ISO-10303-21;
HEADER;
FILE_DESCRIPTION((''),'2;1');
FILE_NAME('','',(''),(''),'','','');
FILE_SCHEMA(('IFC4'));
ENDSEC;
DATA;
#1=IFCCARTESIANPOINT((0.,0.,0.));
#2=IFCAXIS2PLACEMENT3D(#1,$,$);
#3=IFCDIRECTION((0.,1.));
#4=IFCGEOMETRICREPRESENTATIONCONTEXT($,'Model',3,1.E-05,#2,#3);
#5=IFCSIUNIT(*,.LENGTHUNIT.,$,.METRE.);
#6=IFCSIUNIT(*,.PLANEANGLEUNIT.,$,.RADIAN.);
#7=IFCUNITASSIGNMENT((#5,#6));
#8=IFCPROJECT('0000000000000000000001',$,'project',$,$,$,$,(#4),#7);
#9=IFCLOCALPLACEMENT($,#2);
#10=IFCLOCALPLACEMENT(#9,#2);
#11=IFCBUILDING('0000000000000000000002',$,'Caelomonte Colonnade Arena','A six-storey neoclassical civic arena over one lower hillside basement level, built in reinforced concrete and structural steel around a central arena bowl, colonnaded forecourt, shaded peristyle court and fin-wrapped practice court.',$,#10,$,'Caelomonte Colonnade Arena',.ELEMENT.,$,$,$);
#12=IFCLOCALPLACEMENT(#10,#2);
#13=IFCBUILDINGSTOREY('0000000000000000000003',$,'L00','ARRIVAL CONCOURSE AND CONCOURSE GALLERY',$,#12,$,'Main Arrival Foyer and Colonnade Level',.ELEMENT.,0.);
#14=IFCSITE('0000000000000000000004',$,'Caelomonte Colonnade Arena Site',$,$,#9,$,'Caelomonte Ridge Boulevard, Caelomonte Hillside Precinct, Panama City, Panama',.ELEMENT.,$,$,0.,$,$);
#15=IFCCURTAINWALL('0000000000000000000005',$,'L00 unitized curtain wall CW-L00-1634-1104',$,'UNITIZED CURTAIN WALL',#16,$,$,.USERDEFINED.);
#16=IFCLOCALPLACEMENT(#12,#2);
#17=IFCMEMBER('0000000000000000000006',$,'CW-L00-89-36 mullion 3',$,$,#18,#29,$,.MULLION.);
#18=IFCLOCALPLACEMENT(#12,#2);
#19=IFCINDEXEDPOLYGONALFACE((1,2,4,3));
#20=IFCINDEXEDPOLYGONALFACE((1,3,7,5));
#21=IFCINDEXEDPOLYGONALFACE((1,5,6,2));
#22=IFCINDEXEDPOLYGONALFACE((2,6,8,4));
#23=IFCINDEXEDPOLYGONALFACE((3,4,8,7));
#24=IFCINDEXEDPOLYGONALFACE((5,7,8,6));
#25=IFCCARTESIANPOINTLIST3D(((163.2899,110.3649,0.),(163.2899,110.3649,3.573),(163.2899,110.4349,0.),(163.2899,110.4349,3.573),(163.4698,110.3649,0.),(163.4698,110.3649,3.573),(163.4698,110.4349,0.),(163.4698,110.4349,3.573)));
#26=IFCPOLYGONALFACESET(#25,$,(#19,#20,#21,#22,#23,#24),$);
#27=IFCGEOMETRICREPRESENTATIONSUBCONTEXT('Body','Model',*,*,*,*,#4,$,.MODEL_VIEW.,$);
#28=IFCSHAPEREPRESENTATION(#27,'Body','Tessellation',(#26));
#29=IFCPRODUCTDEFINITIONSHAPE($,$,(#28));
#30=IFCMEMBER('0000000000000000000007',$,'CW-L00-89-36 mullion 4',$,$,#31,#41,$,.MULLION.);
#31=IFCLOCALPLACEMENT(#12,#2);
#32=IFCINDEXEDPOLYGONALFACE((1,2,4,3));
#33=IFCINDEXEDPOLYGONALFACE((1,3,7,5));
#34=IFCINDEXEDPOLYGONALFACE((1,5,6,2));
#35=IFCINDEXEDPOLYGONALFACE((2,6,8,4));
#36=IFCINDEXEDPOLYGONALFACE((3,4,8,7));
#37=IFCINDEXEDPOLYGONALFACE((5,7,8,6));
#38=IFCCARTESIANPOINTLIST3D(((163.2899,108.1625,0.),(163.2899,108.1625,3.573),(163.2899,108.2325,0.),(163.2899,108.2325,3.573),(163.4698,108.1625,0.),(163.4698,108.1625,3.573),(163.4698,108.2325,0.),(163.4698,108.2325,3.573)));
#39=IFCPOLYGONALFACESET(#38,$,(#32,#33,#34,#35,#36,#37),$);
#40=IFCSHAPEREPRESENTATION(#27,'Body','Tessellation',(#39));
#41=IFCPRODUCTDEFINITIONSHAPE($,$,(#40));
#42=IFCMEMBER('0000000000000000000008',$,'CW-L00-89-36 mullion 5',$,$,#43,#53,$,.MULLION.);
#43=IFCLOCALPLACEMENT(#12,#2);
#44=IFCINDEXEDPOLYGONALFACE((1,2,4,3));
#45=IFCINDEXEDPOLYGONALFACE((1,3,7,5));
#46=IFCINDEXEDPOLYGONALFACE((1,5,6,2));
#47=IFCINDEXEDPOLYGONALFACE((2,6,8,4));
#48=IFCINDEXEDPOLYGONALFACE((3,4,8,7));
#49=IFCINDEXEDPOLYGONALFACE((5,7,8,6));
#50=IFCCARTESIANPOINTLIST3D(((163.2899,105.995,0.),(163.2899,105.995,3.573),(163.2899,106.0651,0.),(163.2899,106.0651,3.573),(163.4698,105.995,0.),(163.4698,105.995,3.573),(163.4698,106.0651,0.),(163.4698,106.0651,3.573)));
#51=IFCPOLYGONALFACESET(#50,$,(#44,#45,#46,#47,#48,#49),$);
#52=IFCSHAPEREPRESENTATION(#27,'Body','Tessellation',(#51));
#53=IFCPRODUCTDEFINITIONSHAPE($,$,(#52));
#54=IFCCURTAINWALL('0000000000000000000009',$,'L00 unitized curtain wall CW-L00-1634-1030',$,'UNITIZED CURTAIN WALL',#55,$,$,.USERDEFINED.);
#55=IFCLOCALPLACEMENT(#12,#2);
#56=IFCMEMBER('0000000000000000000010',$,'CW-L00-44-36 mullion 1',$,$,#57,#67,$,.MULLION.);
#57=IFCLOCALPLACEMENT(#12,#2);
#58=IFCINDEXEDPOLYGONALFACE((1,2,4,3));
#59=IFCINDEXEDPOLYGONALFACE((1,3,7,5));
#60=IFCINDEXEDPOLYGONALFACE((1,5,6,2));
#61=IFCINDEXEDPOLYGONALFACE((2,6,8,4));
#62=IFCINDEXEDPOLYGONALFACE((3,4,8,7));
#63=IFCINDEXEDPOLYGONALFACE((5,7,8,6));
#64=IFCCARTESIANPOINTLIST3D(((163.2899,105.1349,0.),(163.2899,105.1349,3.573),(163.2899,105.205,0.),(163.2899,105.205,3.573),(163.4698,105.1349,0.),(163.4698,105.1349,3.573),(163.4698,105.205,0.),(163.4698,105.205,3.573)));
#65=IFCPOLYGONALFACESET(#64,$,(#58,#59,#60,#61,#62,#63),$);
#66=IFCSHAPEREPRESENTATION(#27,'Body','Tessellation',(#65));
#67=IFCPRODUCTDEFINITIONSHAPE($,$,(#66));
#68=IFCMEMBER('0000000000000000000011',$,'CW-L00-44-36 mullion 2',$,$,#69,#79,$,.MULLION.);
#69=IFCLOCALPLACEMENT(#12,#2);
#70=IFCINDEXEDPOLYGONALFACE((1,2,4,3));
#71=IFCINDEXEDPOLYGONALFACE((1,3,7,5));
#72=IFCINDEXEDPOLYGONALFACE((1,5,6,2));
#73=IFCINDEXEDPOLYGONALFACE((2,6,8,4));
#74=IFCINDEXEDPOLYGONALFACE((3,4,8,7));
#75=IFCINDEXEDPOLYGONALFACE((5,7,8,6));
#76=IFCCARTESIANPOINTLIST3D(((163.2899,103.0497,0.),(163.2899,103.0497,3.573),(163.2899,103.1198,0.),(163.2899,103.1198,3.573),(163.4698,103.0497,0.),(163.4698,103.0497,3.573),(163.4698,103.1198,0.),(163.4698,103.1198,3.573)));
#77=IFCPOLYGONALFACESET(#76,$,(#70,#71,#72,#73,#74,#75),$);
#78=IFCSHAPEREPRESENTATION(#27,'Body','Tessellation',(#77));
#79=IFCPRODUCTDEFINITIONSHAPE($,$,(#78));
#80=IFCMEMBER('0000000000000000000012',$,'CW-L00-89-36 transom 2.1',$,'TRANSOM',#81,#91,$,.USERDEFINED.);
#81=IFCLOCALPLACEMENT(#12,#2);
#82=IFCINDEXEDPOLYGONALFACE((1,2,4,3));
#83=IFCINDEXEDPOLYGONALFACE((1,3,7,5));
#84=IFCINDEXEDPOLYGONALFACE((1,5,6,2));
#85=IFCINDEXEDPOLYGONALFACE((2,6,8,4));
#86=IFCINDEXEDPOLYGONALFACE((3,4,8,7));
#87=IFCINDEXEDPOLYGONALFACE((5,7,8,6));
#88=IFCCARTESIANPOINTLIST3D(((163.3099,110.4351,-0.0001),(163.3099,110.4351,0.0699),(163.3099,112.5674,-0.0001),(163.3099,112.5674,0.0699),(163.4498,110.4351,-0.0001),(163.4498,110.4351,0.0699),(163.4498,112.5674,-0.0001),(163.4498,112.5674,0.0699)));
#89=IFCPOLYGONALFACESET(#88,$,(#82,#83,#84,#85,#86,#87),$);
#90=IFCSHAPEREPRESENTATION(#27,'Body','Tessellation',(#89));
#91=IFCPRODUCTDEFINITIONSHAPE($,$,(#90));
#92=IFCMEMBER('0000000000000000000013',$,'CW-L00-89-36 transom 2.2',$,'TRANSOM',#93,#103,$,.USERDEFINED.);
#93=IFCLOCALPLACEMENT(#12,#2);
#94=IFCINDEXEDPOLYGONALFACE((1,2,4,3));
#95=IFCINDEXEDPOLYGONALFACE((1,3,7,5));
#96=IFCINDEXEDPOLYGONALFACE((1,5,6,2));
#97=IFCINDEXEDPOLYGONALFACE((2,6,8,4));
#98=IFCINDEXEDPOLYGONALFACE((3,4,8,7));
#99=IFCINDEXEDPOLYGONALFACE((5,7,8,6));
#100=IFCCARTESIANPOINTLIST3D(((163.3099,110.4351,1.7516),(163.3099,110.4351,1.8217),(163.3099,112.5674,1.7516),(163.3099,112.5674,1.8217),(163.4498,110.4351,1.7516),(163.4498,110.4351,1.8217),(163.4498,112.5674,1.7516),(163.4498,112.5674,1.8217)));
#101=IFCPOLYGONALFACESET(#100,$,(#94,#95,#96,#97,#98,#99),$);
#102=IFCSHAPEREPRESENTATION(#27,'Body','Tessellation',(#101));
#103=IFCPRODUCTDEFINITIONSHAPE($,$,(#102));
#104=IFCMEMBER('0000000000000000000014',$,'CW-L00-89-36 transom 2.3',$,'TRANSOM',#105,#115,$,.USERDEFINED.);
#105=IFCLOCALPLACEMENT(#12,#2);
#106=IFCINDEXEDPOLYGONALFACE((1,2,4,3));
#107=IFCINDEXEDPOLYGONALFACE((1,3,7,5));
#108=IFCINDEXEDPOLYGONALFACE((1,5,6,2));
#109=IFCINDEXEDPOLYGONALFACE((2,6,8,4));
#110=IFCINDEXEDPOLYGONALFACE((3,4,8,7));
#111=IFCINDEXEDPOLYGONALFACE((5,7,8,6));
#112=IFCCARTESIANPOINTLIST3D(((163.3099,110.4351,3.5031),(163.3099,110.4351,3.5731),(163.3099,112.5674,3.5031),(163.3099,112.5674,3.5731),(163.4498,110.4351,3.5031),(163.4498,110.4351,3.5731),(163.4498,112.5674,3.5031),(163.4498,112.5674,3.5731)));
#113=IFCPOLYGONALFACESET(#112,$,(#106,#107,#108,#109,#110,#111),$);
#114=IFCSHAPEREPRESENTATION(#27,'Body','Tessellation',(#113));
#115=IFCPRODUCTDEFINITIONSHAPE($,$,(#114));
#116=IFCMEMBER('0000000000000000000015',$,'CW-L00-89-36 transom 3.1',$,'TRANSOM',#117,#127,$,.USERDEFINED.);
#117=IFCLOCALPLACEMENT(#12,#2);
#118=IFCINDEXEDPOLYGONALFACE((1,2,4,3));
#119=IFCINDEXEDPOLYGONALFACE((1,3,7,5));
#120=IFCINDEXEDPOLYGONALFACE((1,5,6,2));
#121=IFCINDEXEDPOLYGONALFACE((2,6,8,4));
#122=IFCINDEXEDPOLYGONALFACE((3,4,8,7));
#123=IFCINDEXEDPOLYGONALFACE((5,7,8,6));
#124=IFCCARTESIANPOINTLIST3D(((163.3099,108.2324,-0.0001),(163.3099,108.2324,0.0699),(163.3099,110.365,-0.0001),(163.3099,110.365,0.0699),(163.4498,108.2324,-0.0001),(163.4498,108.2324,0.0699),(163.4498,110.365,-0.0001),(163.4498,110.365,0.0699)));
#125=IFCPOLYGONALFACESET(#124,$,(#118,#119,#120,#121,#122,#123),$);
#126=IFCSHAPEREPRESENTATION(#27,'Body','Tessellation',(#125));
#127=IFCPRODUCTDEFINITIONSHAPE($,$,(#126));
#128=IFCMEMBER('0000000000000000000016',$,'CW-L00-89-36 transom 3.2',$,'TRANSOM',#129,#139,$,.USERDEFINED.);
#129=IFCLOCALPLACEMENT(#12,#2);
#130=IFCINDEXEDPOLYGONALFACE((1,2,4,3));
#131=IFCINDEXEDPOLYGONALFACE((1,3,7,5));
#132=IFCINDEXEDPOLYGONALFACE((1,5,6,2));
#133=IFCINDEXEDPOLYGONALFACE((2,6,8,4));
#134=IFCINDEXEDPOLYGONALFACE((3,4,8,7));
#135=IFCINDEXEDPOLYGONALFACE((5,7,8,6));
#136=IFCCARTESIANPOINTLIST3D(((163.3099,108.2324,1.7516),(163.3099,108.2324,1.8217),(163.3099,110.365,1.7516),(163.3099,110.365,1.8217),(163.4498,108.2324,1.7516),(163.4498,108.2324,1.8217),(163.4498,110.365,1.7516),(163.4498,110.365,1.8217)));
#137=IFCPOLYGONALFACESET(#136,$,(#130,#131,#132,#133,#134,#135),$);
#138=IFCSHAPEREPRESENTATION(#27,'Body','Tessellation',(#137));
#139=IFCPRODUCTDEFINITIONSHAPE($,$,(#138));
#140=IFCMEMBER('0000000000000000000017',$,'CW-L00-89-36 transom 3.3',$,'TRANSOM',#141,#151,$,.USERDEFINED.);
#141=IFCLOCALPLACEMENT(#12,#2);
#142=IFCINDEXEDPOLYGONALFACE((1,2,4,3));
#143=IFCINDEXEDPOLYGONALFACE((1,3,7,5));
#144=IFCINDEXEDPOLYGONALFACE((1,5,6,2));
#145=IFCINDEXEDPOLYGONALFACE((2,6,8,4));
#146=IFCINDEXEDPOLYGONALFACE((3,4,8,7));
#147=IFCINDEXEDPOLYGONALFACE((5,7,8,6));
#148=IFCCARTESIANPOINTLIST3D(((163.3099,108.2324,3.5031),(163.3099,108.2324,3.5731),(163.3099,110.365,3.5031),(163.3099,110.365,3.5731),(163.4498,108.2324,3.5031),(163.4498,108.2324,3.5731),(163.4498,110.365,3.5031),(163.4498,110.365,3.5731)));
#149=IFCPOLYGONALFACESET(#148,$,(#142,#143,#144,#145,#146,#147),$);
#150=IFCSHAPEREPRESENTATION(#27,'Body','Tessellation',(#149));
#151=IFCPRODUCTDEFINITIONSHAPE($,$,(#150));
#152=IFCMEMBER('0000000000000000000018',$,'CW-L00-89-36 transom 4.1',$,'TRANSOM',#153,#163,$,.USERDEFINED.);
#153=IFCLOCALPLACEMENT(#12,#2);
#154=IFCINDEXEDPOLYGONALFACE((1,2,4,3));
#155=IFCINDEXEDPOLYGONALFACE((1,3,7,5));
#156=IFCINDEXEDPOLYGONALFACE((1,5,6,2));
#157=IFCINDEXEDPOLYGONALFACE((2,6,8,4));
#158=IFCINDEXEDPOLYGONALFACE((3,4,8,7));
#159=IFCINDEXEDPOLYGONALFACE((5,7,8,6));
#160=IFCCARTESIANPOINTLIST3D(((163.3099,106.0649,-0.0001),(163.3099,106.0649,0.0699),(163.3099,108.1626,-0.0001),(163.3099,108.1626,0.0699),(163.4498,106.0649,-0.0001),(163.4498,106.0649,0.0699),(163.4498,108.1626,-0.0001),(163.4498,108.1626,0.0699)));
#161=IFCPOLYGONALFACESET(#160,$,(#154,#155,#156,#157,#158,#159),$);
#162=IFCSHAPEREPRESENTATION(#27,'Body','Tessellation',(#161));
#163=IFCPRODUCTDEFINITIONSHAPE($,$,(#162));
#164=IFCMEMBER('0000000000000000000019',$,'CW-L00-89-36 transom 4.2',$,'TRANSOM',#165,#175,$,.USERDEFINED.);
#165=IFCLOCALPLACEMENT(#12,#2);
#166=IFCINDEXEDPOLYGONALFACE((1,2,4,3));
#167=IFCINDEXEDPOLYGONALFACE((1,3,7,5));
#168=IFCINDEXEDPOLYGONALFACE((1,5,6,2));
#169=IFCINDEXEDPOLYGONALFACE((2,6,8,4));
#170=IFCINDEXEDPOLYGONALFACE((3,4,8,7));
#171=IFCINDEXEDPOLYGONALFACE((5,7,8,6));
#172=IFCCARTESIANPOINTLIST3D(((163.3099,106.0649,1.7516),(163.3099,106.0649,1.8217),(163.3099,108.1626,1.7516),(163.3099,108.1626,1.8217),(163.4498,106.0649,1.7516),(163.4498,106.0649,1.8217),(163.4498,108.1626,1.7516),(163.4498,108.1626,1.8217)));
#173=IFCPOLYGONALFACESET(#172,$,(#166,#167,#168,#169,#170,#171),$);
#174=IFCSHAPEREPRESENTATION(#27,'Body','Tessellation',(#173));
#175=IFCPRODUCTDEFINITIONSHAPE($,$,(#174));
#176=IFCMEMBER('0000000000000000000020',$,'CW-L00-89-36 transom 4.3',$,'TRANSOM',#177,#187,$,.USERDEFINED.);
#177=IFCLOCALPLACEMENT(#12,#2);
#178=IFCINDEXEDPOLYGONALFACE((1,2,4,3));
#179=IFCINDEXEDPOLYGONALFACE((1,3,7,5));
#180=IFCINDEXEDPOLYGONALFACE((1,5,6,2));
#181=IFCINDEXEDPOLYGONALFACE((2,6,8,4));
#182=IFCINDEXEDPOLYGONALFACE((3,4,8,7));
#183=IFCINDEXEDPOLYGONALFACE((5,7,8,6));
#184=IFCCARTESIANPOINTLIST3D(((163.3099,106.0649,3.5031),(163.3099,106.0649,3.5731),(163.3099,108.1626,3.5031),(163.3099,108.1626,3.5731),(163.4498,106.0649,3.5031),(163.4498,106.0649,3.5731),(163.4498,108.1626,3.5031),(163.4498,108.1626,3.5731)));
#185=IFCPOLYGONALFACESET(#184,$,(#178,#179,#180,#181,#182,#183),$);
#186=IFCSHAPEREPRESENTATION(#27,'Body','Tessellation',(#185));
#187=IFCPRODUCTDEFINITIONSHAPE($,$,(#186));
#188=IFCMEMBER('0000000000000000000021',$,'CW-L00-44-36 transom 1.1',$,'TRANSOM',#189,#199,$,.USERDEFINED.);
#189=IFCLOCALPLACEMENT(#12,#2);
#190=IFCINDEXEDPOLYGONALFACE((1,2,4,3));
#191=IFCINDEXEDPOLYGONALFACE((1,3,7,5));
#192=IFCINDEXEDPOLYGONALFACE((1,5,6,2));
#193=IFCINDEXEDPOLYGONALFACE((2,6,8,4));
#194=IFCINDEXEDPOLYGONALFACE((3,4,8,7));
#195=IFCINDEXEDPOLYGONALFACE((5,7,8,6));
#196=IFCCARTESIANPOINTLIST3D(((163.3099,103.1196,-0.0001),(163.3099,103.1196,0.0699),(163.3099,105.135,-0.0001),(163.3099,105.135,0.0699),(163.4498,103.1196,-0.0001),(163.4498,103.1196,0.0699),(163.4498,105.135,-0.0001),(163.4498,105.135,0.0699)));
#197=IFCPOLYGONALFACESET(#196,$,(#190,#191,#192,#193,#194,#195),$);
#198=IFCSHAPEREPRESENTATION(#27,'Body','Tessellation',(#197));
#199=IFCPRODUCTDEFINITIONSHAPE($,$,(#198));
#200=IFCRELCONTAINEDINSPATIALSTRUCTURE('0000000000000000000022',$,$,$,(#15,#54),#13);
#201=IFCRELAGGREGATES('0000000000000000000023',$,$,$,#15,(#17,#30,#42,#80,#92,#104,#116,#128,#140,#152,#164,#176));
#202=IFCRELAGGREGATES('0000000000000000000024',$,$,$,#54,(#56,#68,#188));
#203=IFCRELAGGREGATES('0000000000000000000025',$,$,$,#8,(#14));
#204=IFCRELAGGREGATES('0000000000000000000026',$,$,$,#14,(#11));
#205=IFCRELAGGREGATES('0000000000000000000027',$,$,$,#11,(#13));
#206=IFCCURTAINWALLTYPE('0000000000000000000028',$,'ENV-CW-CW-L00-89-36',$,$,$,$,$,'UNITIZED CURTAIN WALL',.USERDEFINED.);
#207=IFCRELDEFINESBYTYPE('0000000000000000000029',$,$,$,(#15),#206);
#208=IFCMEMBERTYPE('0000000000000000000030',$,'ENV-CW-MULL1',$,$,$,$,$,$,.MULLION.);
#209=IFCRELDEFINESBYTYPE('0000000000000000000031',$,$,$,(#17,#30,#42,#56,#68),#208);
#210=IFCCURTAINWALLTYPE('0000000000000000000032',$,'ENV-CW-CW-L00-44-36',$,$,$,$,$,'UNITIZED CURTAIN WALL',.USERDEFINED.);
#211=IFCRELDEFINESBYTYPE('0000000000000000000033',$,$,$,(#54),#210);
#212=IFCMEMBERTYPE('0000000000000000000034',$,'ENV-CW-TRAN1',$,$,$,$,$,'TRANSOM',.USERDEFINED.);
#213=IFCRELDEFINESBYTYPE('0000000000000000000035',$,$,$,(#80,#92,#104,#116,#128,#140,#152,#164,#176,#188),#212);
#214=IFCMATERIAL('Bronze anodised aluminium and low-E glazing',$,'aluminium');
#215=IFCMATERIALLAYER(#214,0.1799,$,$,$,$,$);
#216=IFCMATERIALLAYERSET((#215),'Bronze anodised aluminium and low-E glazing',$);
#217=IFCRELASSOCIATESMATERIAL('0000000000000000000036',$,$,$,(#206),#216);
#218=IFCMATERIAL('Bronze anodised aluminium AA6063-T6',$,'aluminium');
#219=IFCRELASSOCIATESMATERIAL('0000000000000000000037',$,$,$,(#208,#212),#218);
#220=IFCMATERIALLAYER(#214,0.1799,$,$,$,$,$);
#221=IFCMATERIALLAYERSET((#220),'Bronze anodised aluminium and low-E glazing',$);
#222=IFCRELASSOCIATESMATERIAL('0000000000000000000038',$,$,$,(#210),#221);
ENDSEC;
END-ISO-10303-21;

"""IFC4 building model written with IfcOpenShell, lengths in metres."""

from ifc_helpers import new_model, si_unit, direction, frame, origin, origin_2d, place, context, subcontext, project, spatial, rectangle, extrude, material, layer, layer_set, material_profile, profile_set, type_object, element, aggregate, save


model = new_model("IFC4")

# Units and contexts
model_context = context("Model", 3, precision=1e-05, world=origin(), true_north=direction((0.0, 1.0)))
body_context = subcontext(model_context, "Body", "Model", "MODEL_VIEW")
ifc_project = project(units=[si_unit("LENGTHUNIT", "METRE"), si_unit("PLANEANGLEUNIT", "RADIAN")], contexts=[model_context])

# Site, building, storey
site_placement = place(None, origin())
site = spatial("IfcSite", under=ifc_project, at=site_placement, Name="Caelomonte Colonnade Arena Site", LongName="Caelomonte Ridge Boulevard, Caelomonte Hillside Precinct, Panama City, Panama", CompositionType="ELEMENT", RefElevation=0.0)
building_placement = place(site_placement, origin())
building = spatial("IfcBuilding", under=site, at=building_placement, Name="Caelomonte Colonnade Arena", Description="A six-storey neoclassical civic arena over one lower hillside basement level, built in reinforced concrete and structural steel around a central arena bowl, colonnaded forecourt, shaded peristyle court and fin-wrapped practice court.", LongName="Caelomonte Colonnade Arena", CompositionType="ELEMENT")
storey_placement = place(building_placement, origin())
storey = spatial("IfcBuildingStorey", under=building, at=storey_placement, Name="L00", Description="ARRIVAL CONCOURSE AND CONCOURSE GALLERY", LongName="Main Arrival Foyer and Colonnade Level", CompositionType="ELEMENT", Elevation=0.0)

# Curtain walls, members
ifc_material_1 = material(Name="Bronze anodised aluminium and low-E glazing", Category="aluminium")
ifc_layer_1 = layer(ifc_material_1, 0.1799)
ifc_layer_set_1 = layer_set([ifc_layer_1], Name="Bronze anodised aluminium and low-E glazing")
curtain_wall_type_1 = type_object("IfcCurtainWallType", Name="ENV-CW-CW-L00-89-36", ElementType="UNITIZED CURTAIN WALL", PredefinedType="USERDEFINED", material=ifc_layer_set_1)
curtain_wall_1_placement = place(storey_placement, origin())
curtain_wall_1 = element("IfcCurtainWall", 1, at=curtain_wall_1_placement, inside=storey, type_object=curtain_wall_type_1, Name="L00 unitized curtain wall CW-L00-1634-1104", ObjectType="UNITIZED CURTAIN WALL", PredefinedType="USERDEFINED")
ifc_material_2 = material(Name="Bronze anodised aluminium AA6063-T6", Category="aluminium")
ifc_material_profile_1 = material_profile(ifc_material_2, rectangle(XDim=0.0701, YDim=0.1799, at=origin_2d()), Name="CWM-70X180")
ifc_profile_set_1 = profile_set([ifc_material_profile_1], Name="Bronze anodised aluminium AA6063-T6")
member_type_1 = type_object("IfcMemberType", Name="ENV-CW-MULL1", PredefinedType="MULLION", material=ifc_profile_set_1)
member_1_placement = place(storey_placement, frame((163.3799, 110.3999, 0.0), z_axis=(0.0, 0.0, 1.0), x_axis=(0.0, -1.0, 0.0)))
member_1 = element("IfcMember", 2, at=member_1_placement, type_object=member_type_1, Name="CW-L00-89-36 mullion 3", PredefinedType="MULLION", context=body_context, shape_type="SweptSolid", body=[
    extrude(rectangle(XDim=0.0701, YDim=0.1799, at=origin_2d()), origin(), (0.0, 0.0, 1.0), 3.573),
])
member_2_placement = place(storey_placement, frame((163.3799, 108.1975, 0.0), z_axis=(0.0, 0.0, 1.0), x_axis=(0.0, -1.0, 0.0)))
member_2 = element("IfcMember", 3, at=member_2_placement, type_object=member_type_1, Name="CW-L00-89-36 mullion 4", PredefinedType="MULLION", context=body_context, shape_type="SweptSolid", body=[
    extrude(rectangle(XDim=0.0701, YDim=0.1799, at=origin_2d()), origin(), (0.0, 0.0, 1.0), 3.573),
])
member_3_placement = place(storey_placement, frame((163.3799, 106.03, 0.0), z_axis=(0.0, 0.0, 1.0), x_axis=(0.0, -1.0, 0.0)))
member_3 = element("IfcMember", 4, at=member_3_placement, type_object=member_type_1, Name="CW-L00-89-36 mullion 5", PredefinedType="MULLION", context=body_context, shape_type="SweptSolid", body=[
    extrude(rectangle(XDim=0.0701, YDim=0.1799, at=origin_2d()), origin(), (0.0, 0.0, 1.0), 3.573),
])
ifc_layer_2 = layer(ifc_material_1, 0.1799)
ifc_layer_set_2 = layer_set([ifc_layer_2], Name="Bronze anodised aluminium and low-E glazing")
curtain_wall_type_2 = type_object("IfcCurtainWallType", Name="ENV-CW-CW-L00-44-36", ElementType="UNITIZED CURTAIN WALL", PredefinedType="USERDEFINED", material=ifc_layer_set_2)
curtain_wall_2_placement = place(storey_placement, origin())
curtain_wall_2 = element("IfcCurtainWall", 5, at=curtain_wall_2_placement, inside=storey, type_object=curtain_wall_type_2, Name="L00 unitized curtain wall CW-L00-1634-1030", ObjectType="UNITIZED CURTAIN WALL", PredefinedType="USERDEFINED")
member_4_placement = place(storey_placement, frame((163.3799, 105.1699, 0.0), z_axis=(0.0, 0.0, 1.0), x_axis=(0.0, -1.0, 0.0)))
member_4 = element("IfcMember", 6, at=member_4_placement, type_object=member_type_1, Name="CW-L00-44-36 mullion 1", PredefinedType="MULLION", context=body_context, shape_type="SweptSolid", body=[
    extrude(rectangle(XDim=0.0701, YDim=0.1799, at=origin_2d()), origin(), (0.0, 0.0, 1.0), 3.573),
])
member_5_placement = place(storey_placement, frame((163.3799, 103.0847, 0.0), z_axis=(0.0, 0.0, 1.0), x_axis=(0.0, -1.0, 0.0)))
member_5 = element("IfcMember", 7, at=member_5_placement, type_object=member_type_1, Name="CW-L00-44-36 mullion 2", PredefinedType="MULLION", context=body_context, shape_type="SweptSolid", body=[
    extrude(rectangle(XDim=0.0701, YDim=0.1799, at=origin_2d()), origin(), (0.0, 0.0, 1.0), 3.573),
])

# Members
ifc_material_profile_2 = material_profile(ifc_material_2, rectangle(XDim=0.0701, YDim=0.1399, at=origin_2d()), Name="CWT-70X140")
ifc_profile_set_2 = profile_set([ifc_material_profile_2], Name="Bronze anodised aluminium AA6063-T6")
member_type_2 = type_object("IfcMemberType", Name="ENV-CW-TRAN1", ElementType="TRANSOM", PredefinedType="USERDEFINED", material=ifc_profile_set_2)
member_6_placement = place(storey_placement, frame((163.3799, 112.5674, 0.0349), z_axis=(0.0, -1.0, 0.0), x_axis=(0.0, 0.0, 1.0)))
member_6 = element("IfcMember", 8, at=member_6_placement, type_object=member_type_2, Name="CW-L00-89-36 transom 2.1", ObjectType="TRANSOM", PredefinedType="USERDEFINED", context=body_context, shape_type="SweptSolid", body=[
    extrude(rectangle(XDim=0.0701, YDim=0.1399, at=origin_2d()), origin(), (0.0, 0.0, 1.0), 2.1323),
])
member_7_placement = place(storey_placement, frame((163.3799, 112.5674, 1.7866), z_axis=(0.0, -1.0, 0.0), x_axis=(0.0, 0.0, 1.0)))
member_7 = element("IfcMember", 9, at=member_7_placement, type_object=member_type_2, Name="CW-L00-89-36 transom 2.2", ObjectType="TRANSOM", PredefinedType="USERDEFINED", context=body_context, shape_type="SweptSolid", body=[
    extrude(rectangle(XDim=0.0701, YDim=0.1399, at=origin_2d()), origin(), (0.0, 0.0, 1.0), 2.1323),
])
member_8_placement = place(storey_placement, frame((163.3799, 112.5674, 3.5381), z_axis=(0.0, -1.0, 0.0), x_axis=(0.0, 0.0, 1.0)))
member_8 = element("IfcMember", 10, at=member_8_placement, type_object=member_type_2, Name="CW-L00-89-36 transom 2.3", ObjectType="TRANSOM", PredefinedType="USERDEFINED", context=body_context, shape_type="SweptSolid", body=[
    extrude(rectangle(XDim=0.0701, YDim=0.1399, at=origin_2d()), origin(), (0.0, 0.0, 1.0), 2.1323),
])
member_9_placement = place(storey_placement, frame((163.3799, 110.365, 0.0349), z_axis=(0.0, -1.0, 0.0), x_axis=(0.0, 0.0, 1.0)))
member_9 = element("IfcMember", 11, at=member_9_placement, type_object=member_type_2, Name="CW-L00-89-36 transom 3.1", ObjectType="TRANSOM", PredefinedType="USERDEFINED", context=body_context, shape_type="SweptSolid", body=[
    extrude(rectangle(XDim=0.0701, YDim=0.1399, at=origin_2d()), origin(), (0.0, 0.0, 1.0), 2.1326),
])
member_10_placement = place(storey_placement, frame((163.3799, 110.365, 1.7866), z_axis=(0.0, -1.0, 0.0), x_axis=(0.0, 0.0, 1.0)))
member_10 = element("IfcMember", 12, at=member_10_placement, type_object=member_type_2, Name="CW-L00-89-36 transom 3.2", ObjectType="TRANSOM", PredefinedType="USERDEFINED", context=body_context, shape_type="SweptSolid", body=[
    extrude(rectangle(XDim=0.0701, YDim=0.1399, at=origin_2d()), origin(), (0.0, 0.0, 1.0), 2.1326),
])
member_11_placement = place(storey_placement, frame((163.3799, 110.365, 3.5381), z_axis=(0.0, -1.0, 0.0), x_axis=(0.0, 0.0, 1.0)))
member_11 = element("IfcMember", 13, at=member_11_placement, type_object=member_type_2, Name="CW-L00-89-36 transom 3.3", ObjectType="TRANSOM", PredefinedType="USERDEFINED", context=body_context, shape_type="SweptSolid", body=[
    extrude(rectangle(XDim=0.0701, YDim=0.1399, at=origin_2d()), origin(), (0.0, 0.0, 1.0), 2.1326),
])
member_12_placement = place(storey_placement, frame((163.3799, 108.1626, 0.0349), z_axis=(0.0, -1.0, 0.0), x_axis=(0.0, 0.0, 1.0)))
member_12 = element("IfcMember", 14, at=member_12_placement, type_object=member_type_2, Name="CW-L00-89-36 transom 4.1", ObjectType="TRANSOM", PredefinedType="USERDEFINED", context=body_context, shape_type="SweptSolid", body=[
    extrude(rectangle(XDim=0.0701, YDim=0.1399, at=origin_2d()), origin(), (0.0, 0.0, 1.0), 2.0977),
])
member_13_placement = place(storey_placement, frame((163.3799, 108.1626, 1.7866), z_axis=(0.0, -1.0, 0.0), x_axis=(0.0, 0.0, 1.0)))
member_13 = element("IfcMember", 15, at=member_13_placement, type_object=member_type_2, Name="CW-L00-89-36 transom 4.2", ObjectType="TRANSOM", PredefinedType="USERDEFINED", context=body_context, shape_type="SweptSolid", body=[
    extrude(rectangle(XDim=0.0701, YDim=0.1399, at=origin_2d()), origin(), (0.0, 0.0, 1.0), 2.0977),
])
member_14_placement = place(storey_placement, frame((163.3799, 108.1626, 3.5381), z_axis=(0.0, -1.0, 0.0), x_axis=(0.0, 0.0, 1.0)))
member_14 = element("IfcMember", 16, at=member_14_placement, type_object=member_type_2, Name="CW-L00-89-36 transom 4.3", ObjectType="TRANSOM", PredefinedType="USERDEFINED", context=body_context, shape_type="SweptSolid", body=[
    extrude(rectangle(XDim=0.0701, YDim=0.1399, at=origin_2d()), origin(), (0.0, 0.0, 1.0), 2.0977),
])
member_15_placement = place(storey_placement, frame((163.3799, 105.135, 0.0349), z_axis=(0.0, -1.0, 0.0), x_axis=(0.0, 0.0, 1.0)))
member_15 = element("IfcMember", 17, at=member_15_placement, type_object=member_type_2, Name="CW-L00-44-36 transom 1.1", ObjectType="TRANSOM", PredefinedType="USERDEFINED", context=body_context, shape_type="SweptSolid", body=[
    extrude(rectangle(XDim=0.0701, YDim=0.1399, at=origin_2d()), origin(), (0.0, 0.0, 1.0), 2.0154),
])

aggregate(curtain_wall_1, [member_1, member_2, member_3, member_6, member_7, member_8, member_9, member_10, member_11, member_12, member_13, member_14])
aggregate(curtain_wall_2, [member_4, member_5, member_15])

save(model, "model.ifc")
